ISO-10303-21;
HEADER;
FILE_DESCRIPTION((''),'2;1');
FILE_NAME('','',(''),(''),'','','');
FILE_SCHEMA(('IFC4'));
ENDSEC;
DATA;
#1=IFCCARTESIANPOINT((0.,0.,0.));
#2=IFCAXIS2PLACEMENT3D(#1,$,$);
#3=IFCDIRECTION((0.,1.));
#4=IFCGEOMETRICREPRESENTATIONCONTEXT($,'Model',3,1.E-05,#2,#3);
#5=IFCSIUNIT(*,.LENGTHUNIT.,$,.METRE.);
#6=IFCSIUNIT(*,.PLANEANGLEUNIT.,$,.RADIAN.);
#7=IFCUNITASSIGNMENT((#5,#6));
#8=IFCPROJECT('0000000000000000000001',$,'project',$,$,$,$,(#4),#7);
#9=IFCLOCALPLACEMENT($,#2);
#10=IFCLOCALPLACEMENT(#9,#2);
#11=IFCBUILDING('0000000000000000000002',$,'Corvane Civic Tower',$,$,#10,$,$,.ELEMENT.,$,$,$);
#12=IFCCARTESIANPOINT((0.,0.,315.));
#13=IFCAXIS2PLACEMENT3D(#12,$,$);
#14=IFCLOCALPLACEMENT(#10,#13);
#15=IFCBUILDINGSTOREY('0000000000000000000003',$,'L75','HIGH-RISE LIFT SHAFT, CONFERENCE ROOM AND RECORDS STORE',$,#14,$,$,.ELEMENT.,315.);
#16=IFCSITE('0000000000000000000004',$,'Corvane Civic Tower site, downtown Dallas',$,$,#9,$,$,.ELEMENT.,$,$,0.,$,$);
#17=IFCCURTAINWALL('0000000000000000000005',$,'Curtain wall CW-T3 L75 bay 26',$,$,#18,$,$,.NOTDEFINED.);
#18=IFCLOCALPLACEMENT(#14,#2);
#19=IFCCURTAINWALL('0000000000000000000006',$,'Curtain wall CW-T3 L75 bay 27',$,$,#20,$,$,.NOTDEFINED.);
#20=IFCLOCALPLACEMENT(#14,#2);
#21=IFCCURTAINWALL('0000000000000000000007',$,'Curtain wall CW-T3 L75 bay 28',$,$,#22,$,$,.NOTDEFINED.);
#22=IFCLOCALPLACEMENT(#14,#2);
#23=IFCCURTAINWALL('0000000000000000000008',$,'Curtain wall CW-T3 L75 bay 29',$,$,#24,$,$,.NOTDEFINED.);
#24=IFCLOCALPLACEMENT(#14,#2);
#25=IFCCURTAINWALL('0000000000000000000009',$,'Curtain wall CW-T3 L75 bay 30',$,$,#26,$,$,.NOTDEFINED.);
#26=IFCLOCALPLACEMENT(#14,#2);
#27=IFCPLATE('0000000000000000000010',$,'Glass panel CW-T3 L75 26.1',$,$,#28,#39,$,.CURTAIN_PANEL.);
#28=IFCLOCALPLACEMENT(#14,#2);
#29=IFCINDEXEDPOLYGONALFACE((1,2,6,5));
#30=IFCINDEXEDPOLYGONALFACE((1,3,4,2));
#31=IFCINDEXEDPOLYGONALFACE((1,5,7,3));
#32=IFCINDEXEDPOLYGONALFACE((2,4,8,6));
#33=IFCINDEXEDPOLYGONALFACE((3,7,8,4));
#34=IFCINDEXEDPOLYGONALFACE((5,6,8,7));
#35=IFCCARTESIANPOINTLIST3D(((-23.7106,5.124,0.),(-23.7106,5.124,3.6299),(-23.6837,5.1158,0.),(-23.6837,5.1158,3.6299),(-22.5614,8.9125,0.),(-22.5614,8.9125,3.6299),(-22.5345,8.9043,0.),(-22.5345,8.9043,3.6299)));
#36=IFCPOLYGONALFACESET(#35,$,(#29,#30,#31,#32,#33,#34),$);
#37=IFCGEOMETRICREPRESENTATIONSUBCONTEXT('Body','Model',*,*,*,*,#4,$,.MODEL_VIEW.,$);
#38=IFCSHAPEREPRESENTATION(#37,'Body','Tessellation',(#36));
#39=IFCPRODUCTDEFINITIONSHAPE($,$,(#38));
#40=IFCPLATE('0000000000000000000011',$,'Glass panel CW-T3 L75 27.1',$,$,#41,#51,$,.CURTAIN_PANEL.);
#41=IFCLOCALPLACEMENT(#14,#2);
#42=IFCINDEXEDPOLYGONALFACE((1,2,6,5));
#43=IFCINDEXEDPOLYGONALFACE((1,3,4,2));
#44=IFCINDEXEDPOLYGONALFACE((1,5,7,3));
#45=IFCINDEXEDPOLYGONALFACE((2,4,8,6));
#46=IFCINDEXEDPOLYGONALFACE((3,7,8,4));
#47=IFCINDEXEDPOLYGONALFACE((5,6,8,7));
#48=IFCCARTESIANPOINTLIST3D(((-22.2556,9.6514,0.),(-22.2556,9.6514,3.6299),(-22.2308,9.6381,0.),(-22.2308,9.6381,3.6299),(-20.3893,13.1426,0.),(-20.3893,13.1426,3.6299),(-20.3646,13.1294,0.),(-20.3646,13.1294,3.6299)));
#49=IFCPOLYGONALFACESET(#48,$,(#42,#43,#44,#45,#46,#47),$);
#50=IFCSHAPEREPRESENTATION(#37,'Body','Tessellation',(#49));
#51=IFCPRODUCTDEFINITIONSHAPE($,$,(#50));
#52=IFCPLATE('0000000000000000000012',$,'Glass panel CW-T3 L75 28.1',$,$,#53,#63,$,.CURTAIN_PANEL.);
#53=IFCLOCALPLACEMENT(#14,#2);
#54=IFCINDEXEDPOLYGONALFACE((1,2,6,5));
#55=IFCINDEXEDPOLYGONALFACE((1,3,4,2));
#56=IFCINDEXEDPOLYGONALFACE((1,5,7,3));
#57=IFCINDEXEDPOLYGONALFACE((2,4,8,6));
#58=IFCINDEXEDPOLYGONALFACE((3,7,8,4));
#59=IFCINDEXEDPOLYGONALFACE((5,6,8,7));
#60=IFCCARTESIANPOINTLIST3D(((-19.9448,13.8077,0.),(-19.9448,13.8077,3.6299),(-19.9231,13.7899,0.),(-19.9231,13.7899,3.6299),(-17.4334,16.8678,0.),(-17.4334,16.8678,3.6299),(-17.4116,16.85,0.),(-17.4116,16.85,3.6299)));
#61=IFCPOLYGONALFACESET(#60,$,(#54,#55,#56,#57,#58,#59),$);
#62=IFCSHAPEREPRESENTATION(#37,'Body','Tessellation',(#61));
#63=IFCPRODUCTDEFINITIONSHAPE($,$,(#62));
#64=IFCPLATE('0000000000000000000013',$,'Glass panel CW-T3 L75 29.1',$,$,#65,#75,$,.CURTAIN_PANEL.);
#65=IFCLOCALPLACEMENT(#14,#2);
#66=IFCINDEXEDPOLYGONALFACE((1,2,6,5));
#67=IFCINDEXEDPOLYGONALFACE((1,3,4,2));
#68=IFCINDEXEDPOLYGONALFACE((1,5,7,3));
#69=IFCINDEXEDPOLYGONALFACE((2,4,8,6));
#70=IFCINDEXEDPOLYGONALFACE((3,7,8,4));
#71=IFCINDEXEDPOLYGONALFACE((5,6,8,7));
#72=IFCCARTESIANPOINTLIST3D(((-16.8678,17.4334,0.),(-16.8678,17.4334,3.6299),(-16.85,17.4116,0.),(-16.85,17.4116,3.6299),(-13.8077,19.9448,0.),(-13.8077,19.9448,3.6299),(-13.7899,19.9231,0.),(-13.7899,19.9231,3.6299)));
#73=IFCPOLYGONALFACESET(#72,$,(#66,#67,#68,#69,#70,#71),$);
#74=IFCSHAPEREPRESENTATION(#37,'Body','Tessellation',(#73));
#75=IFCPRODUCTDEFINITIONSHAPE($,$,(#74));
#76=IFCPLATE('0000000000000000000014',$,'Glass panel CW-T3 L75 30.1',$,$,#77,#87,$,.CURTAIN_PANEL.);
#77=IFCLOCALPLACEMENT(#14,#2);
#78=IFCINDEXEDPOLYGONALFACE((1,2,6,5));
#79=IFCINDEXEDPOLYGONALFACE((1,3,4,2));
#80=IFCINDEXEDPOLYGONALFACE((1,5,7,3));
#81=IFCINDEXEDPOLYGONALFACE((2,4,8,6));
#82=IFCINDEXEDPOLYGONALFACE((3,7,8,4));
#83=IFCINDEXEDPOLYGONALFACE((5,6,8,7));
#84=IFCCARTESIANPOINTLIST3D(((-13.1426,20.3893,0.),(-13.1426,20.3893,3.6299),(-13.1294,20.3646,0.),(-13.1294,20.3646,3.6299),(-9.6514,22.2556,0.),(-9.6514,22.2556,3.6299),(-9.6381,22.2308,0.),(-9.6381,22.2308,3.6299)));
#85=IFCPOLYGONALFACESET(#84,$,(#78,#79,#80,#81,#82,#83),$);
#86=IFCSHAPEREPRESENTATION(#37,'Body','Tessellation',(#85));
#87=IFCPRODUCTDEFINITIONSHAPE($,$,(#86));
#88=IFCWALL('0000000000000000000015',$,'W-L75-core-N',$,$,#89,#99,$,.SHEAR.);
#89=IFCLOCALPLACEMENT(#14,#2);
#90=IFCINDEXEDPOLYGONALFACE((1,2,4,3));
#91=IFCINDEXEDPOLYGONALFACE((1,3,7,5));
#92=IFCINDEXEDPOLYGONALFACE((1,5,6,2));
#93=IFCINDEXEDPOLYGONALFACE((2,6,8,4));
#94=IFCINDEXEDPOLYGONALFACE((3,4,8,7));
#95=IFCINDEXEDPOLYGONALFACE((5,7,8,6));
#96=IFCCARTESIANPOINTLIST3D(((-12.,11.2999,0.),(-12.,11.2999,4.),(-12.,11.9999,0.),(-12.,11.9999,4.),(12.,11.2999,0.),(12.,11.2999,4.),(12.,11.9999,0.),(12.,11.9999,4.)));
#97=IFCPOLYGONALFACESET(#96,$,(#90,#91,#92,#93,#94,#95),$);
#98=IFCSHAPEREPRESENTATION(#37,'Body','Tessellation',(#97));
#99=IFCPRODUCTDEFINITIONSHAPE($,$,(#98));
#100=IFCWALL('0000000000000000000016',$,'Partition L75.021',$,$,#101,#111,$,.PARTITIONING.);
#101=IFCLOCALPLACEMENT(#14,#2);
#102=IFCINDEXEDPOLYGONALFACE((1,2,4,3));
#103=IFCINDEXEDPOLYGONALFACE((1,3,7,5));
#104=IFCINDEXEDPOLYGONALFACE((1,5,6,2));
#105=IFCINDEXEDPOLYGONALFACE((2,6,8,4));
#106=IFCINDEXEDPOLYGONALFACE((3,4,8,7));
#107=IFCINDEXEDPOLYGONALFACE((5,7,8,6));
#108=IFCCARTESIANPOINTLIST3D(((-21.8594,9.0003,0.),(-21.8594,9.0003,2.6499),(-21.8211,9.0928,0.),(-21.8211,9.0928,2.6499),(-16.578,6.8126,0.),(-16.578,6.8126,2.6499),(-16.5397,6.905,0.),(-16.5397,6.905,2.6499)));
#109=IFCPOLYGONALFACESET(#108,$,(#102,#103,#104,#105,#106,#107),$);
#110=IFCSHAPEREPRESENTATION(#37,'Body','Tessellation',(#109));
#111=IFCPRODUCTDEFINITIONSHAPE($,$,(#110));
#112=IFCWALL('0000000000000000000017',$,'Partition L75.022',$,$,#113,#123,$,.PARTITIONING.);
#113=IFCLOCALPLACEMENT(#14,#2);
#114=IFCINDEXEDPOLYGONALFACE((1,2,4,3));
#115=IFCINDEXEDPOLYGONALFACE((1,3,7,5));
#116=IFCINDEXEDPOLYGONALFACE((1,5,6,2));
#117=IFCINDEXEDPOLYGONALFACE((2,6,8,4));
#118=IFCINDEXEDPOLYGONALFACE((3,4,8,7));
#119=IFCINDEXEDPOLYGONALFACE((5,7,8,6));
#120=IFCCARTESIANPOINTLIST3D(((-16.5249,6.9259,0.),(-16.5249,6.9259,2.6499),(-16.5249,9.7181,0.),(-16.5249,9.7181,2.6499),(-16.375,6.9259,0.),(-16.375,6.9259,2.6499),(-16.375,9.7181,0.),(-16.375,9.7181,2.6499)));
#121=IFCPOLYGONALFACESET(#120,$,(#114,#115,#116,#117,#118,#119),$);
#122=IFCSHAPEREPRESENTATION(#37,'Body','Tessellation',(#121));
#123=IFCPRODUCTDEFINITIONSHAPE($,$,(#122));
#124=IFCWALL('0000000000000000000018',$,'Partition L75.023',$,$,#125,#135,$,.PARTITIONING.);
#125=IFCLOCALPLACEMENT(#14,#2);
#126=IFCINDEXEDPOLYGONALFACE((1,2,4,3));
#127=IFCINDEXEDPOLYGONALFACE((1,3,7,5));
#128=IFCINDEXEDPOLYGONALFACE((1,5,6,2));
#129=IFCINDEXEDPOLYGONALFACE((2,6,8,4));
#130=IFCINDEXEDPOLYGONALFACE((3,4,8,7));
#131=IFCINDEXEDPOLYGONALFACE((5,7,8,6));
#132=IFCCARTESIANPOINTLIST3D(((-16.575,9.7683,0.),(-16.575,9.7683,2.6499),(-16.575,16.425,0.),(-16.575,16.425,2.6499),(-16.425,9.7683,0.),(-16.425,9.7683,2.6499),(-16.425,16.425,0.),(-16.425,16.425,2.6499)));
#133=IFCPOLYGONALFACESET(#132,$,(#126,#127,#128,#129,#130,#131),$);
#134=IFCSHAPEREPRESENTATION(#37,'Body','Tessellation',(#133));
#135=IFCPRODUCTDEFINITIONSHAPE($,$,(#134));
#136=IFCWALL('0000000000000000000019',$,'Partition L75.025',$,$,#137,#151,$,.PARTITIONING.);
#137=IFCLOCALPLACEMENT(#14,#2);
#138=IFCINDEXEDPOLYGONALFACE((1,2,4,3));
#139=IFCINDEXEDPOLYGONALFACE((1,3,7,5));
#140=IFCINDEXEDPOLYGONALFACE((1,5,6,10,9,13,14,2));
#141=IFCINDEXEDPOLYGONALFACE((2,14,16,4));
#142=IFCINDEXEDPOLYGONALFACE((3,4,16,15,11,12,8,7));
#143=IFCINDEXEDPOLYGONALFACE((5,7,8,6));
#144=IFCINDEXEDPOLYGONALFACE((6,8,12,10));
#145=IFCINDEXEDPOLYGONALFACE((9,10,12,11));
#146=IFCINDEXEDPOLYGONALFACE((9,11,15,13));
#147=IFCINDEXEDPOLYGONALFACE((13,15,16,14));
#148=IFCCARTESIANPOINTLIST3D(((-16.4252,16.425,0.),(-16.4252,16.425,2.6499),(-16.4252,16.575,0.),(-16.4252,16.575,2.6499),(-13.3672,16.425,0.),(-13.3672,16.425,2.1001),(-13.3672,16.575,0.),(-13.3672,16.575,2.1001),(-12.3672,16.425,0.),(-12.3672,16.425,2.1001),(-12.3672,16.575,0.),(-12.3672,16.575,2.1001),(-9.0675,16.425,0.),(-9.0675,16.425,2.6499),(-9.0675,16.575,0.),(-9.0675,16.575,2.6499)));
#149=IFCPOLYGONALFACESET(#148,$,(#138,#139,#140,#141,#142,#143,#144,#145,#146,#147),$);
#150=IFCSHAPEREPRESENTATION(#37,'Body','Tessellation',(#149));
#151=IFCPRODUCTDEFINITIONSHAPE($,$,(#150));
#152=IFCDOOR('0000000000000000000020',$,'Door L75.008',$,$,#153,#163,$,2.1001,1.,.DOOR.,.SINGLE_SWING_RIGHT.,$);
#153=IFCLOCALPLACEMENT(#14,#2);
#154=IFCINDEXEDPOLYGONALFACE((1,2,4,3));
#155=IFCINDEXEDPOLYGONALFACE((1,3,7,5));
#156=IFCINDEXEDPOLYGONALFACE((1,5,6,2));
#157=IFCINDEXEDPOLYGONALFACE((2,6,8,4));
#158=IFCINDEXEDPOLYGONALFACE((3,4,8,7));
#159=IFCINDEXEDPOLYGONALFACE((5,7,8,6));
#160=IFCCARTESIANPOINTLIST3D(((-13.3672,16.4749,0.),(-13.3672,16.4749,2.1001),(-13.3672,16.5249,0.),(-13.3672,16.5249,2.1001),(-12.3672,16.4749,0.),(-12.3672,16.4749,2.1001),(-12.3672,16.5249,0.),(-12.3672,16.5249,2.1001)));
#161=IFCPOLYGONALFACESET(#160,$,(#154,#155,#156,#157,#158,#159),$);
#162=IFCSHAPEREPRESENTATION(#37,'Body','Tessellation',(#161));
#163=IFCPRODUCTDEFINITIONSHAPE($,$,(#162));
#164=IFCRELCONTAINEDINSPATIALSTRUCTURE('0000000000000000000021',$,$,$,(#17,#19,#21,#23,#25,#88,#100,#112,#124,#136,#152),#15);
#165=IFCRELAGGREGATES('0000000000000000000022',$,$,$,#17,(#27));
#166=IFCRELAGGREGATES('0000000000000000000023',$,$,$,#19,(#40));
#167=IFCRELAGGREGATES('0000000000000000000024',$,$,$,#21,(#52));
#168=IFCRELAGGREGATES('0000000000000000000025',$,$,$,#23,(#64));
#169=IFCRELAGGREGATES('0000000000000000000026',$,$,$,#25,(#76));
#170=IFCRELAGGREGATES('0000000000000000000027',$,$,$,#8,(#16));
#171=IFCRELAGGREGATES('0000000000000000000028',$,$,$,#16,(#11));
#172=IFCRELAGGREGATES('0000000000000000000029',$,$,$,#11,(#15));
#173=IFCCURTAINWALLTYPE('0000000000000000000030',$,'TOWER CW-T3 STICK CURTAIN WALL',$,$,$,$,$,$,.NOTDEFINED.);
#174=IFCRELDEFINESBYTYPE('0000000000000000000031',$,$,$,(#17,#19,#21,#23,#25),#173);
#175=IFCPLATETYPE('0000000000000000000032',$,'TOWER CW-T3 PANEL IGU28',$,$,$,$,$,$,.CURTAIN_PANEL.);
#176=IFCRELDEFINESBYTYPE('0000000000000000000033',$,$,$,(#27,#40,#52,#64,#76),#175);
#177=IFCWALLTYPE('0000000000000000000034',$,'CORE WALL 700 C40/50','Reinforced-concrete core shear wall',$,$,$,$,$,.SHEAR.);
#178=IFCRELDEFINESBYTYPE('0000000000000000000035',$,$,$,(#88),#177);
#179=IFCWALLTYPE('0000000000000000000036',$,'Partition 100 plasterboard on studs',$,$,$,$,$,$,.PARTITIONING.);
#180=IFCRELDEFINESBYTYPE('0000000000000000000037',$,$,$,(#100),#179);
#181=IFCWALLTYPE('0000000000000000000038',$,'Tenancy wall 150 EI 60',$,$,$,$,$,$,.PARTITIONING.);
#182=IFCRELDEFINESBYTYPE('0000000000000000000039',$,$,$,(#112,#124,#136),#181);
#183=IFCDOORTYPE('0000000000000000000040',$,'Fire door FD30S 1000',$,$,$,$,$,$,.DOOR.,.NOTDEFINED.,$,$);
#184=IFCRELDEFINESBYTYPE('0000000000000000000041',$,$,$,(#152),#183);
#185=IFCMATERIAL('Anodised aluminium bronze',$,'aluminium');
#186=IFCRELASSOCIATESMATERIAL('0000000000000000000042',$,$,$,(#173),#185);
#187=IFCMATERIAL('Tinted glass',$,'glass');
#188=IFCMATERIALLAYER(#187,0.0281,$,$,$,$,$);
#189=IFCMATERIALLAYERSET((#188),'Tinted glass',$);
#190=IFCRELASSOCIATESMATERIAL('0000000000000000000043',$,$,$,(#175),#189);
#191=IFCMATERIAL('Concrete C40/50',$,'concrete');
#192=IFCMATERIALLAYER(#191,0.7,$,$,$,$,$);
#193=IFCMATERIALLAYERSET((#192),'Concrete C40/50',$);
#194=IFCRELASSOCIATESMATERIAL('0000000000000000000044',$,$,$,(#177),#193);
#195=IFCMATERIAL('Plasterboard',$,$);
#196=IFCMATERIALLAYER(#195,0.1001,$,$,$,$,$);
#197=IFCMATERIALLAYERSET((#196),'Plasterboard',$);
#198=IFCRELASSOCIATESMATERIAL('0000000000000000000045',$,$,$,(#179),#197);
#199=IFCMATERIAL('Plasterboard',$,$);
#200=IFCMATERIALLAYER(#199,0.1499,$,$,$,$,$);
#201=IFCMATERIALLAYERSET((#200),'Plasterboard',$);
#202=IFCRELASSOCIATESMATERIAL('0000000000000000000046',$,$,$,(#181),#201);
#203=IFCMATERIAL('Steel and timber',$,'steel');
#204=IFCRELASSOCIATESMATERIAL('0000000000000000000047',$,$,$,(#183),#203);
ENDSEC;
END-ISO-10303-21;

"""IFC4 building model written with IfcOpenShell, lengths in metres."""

from ifc_helpers import new_model, si_unit, direction, frame, frame_2d, origin, origin_2d, place, context, subcontext, project, spatial, rectangle, extrude, material, layer, layer_set, type_object, element, fill, aggregate, save


model = new_model("IFC4")

# Units and contexts
model_context = context("Model", 3, precision=1e-05, world=origin(), true_north=direction((0.0, 1.0)))
body_context = subcontext(model_context, "Body", "Model", "MODEL_VIEW")
ifc_project = project(units=[si_unit("LENGTHUNIT", "METRE"), si_unit("PLANEANGLEUNIT", "RADIAN")], contexts=[model_context])

# Site, building, storey
site_placement = place(None, origin())
site = spatial("IfcSite", under=ifc_project, at=site_placement, Name="Corvane Civic Tower site, downtown Dallas", CompositionType="ELEMENT", RefElevation=0.0)
building_placement = place(site_placement, origin())
building = spatial("IfcBuilding", under=site, at=building_placement, Name="Corvane Civic Tower", CompositionType="ELEMENT")
storey_placement = place(building_placement, frame((0.0, 0.0, 315.0)))
storey = spatial("IfcBuildingStorey", under=building, at=storey_placement, Name="L75", Description="HIGH-RISE LIFT SHAFT, CONFERENCE ROOM AND RECORDS STORE", CompositionType="ELEMENT", Elevation=315.0)

# Curtain walls
ifc_material_1 = material(Name="Anodised aluminium bronze", Category="aluminium")
curtain_wall_type = type_object("IfcCurtainWallType", Name="TOWER CW-T3 STICK CURTAIN WALL", PredefinedType="NOTDEFINED", material=ifc_material_1)
curtain_wall_1_placement = place(storey_placement, origin())
curtain_wall_1 = element("IfcCurtainWall", 1, at=curtain_wall_1_placement, inside=storey, type_object=curtain_wall_type, Name="Curtain wall CW-T3 L75 bay 26", PredefinedType="NOTDEFINED")
curtain_wall_2_placement = place(storey_placement, origin())
curtain_wall_2 = element("IfcCurtainWall", 2, at=curtain_wall_2_placement, inside=storey, type_object=curtain_wall_type, Name="Curtain wall CW-T3 L75 bay 27", PredefinedType="NOTDEFINED")
curtain_wall_3_placement = place(storey_placement, origin())
curtain_wall_3 = element("IfcCurtainWall", 3, at=curtain_wall_3_placement, inside=storey, type_object=curtain_wall_type, Name="Curtain wall CW-T3 L75 bay 28", PredefinedType="NOTDEFINED")
curtain_wall_4_placement = place(storey_placement, origin())
curtain_wall_4 = element("IfcCurtainWall", 4, at=curtain_wall_4_placement, inside=storey, type_object=curtain_wall_type, Name="Curtain wall CW-T3 L75 bay 29", PredefinedType="NOTDEFINED")
curtain_wall_5_placement = place(storey_placement, origin())
curtain_wall_5 = element("IfcCurtainWall", 5, at=curtain_wall_5_placement, inside=storey, type_object=curtain_wall_type, Name="Curtain wall CW-T3 L75 bay 30", PredefinedType="NOTDEFINED")

# Plates
ifc_material_2 = material(Name="Tinted glass", Category="glass")
ifc_layer_1 = layer(ifc_material_2, 0.0281)
ifc_layer_set_1 = layer_set([ifc_layer_1], Name="Tinted glass")
plate_type = type_object("IfcPlateType", Name="TOWER CW-T3 PANEL IGU28", PredefinedType="CURTAIN_PANEL", material=ifc_layer_set_1)
plate_1_placement = place(storey_placement, frame((-23.1226, 7.0142, 0.0), z_axis=(0.0, 0.0, 1.0), x_axis=(0.290274, 0.956944, 0.0)))
plate_1 = element("IfcPlate", 6, at=plate_1_placement, type_object=plate_type, Name="Glass panel CW-T3 L75 26.1", PredefinedType="CURTAIN_PANEL", context=body_context, shape_type="SweptSolid", body=[
    extrude(rectangle(XDim=3.959, YDim=0.0281, at=origin_2d()), origin(), (0.0, 0.0, 1.0), 3.6299),
])
aggregate(curtain_wall_1, [plate_1])
plate_2_placement = place(storey_placement, frame((-21.3101, 11.3904, 0.0), z_axis=(0.0, 0.0, 1.0), x_axis=(0.471421, 0.881908, 0.0)))
plate_2 = element("IfcPlate", 7, at=plate_2_placement, type_object=plate_type, Name="Glass panel CW-T3 L75 27.1", PredefinedType="CURTAIN_PANEL", context=body_context, shape_type="SweptSolid", body=[
    extrude(rectangle(XDim=3.9587, YDim=0.0281, at=origin_2d()), origin(), (0.0, 0.0, 1.0), 3.6299),
])
aggregate(curtain_wall_2, [plate_2])
plate_3_placement = place(storey_placement, frame((-18.6782, 15.3289, 0.0), z_axis=(0.0, 0.0, 1.0), x_axis=(0.634405, 0.773001, 0.0)))
plate_3 = element("IfcPlate", 8, at=plate_3_placement, type_object=plate_type, Name="Glass panel CW-T3 L75 28.1", PredefinedType="CURTAIN_PANEL", context=body_context, shape_type="SweptSolid", body=[
    extrude(rectangle(XDim=3.9587, YDim=0.0281, at=origin_2d()), origin(), (0.0, 0.0, 1.0), 3.6299),
])
aggregate(curtain_wall_3, [plate_3])
plate_4_placement = place(storey_placement, frame((-15.3289, 18.6782, 0.0), z_axis=(0.0, 0.0, 1.0), x_axis=(0.773001, 0.634405, 0.0)))
plate_4 = element("IfcPlate", 9, at=plate_4_placement, type_object=plate_type, Name="Glass panel CW-T3 L75 29.1", PredefinedType="CURTAIN_PANEL", context=body_context, shape_type="SweptSolid", body=[
    extrude(rectangle(XDim=3.9587, YDim=0.0281, at=origin_2d()), origin(), (0.0, 0.0, 1.0), 3.6299),
])
aggregate(curtain_wall_4, [plate_4])
plate_5_placement = place(storey_placement, frame((-11.3904, 21.3101, 0.0), z_axis=(0.0, 0.0, 1.0), x_axis=(0.881908, 0.471421, 0.0)))
plate_5 = element("IfcPlate", 10, at=plate_5_placement, type_object=plate_type, Name="Glass panel CW-T3 L75 30.1", PredefinedType="CURTAIN_PANEL", context=body_context, shape_type="SweptSolid", body=[
    extrude(rectangle(XDim=3.9587, YDim=0.0281, at=origin_2d()), origin(), (0.0, 0.0, 1.0), 3.6299),
])
aggregate(curtain_wall_5, [plate_5])

# Walls
ifc_material_3 = material(Name="Concrete C40/50", Category="concrete")
ifc_layer_2 = layer(ifc_material_3, 0.7)
ifc_layer_set_2 = layer_set([ifc_layer_2], Name="Concrete C40/50")
wall_type_1 = type_object("IfcWallType", Name="CORE WALL 700 C40/50", Description="Reinforced-concrete core shear wall", PredefinedType="SHEAR", material=ifc_layer_set_2)
wall_1_placement = place(storey_placement, frame((-12.0, 11.6499, 0.0), z_axis=(0.0, 0.0, 1.0), x_axis=(1.0, 0.0, 0.0)))
element("IfcWall", 11, at=wall_1_placement, inside=storey, type_object=wall_type_1, Name="W-L75-core-N", PredefinedType="SHEAR", context=body_context, shape_type="SweptSolid", body=[
    extrude(rectangle(XDim=24.0, YDim=0.7, at=frame_2d((12.0, 0.0))), origin(), (0.0, 0.0, 1.0), 4.0),
])
ifc_material_4 = material(Name="Plasterboard")
ifc_layer_3 = layer(ifc_material_4, 0.1001)
ifc_layer_set_3 = layer_set([ifc_layer_3], Name="Plasterboard")
wall_type_2 = type_object("IfcWallType", Name="Partition 100 plasterboard on studs", PredefinedType="PARTITIONING", material=ifc_layer_set_3)
wall_2_placement = place(storey_placement, frame((-21.8403, 9.0466, 0.0), z_axis=(0.0, 0.0, 1.0), x_axis=(0.923868, -0.38271, 0.0)))
element("IfcWall", 12, at=wall_2_placement, inside=storey, type_object=wall_type_2, Name="Partition L75.021", PredefinedType="PARTITIONING", context=body_context, shape_type="SweptSolid", body=[
    extrude(rectangle(XDim=5.7166, YDim=0.1001, at=frame_2d((2.8584, 0.0))), origin(), (0.0, 0.0, 1.0), 2.6499),
])
ifc_material_5 = material(Name="Plasterboard")
ifc_layer_4 = layer(ifc_material_5, 0.1499)
ifc_layer_set_4 = layer_set([ifc_layer_4], Name="Plasterboard")
wall_type_3 = type_object("IfcWallType", Name="Tenancy wall 150 EI 60", PredefinedType="PARTITIONING", material=ifc_layer_set_4)
wall_3_placement = place(storey_placement, frame((-16.45, 6.926, 0.0), z_axis=(0.0, 0.0, 1.0), x_axis=(0.0, 1.0, 0.0)))
element("IfcWall", 13, at=wall_3_placement, inside=storey, type_object=wall_type_3, Name="Partition L75.022", PredefinedType="PARTITIONING", context=body_context, shape_type="SweptSolid", body=[
    extrude(rectangle(XDim=2.7922, YDim=0.1499, at=frame_2d((1.396, 0.0))), origin(), (0.0, 0.0, 1.0), 2.6499),
])
wall_4_placement = place(storey_placement, frame((-16.5, 9.7683, 0.0), z_axis=(0.0, 0.0, 1.0), x_axis=(0.0, 1.0, 0.0)))
element("IfcWall", 14, at=wall_4_placement, inside=storey, type_object=wall_type_3, Name="Partition L75.023", PredefinedType="PARTITIONING", context=body_context, shape_type="SweptSolid", body=[
    extrude(rectangle(XDim=6.6567, YDim=0.1499, at=frame_2d((3.3284, 0.0))), origin(), (0.0, 0.0, 1.0), 2.6499),
])

# Wall, opening, door
wall_5_placement = place(storey_placement, frame((-16.425, 16.5, 0.0), z_axis=(0.0, 0.0, 1.0), x_axis=(1.0, 0.0, 0.0)))
wall_5 = element("IfcWall", 15, at=wall_5_placement, inside=storey, type_object=wall_type_3, Name="Partition L75.025", PredefinedType="PARTITIONING", context=body_context, shape_type="SweptSolid", body=[
    extrude(rectangle(XDim=7.3577, YDim=0.1499, at=frame_2d((3.6787, 0.0))), origin(), (0.0, 0.0, 1.0), 2.6499),
])
opening_placement = place(wall_5_placement, frame((3.0579, 0.0, 0.0)))
opening = element("IfcOpeningElement", 16, at=opening_placement, cuts=wall_5, PredefinedType="OPENING", context=body_context, shape_type="SweptSolid", body=[
    extrude(rectangle(XDim=1.0, YDim=2.1001, at=frame_2d((0.5, 1.05))), frame((0.0, 0.085, 0.0), z_axis=(0.0, -1.0, 0.0), x_axis=(1.0, 0.0, 0.0)), (0.0, 0.0, 1.0), 0.1699),
])
ifc_material_6 = material(Name="Steel and timber", Category="steel")
door_type = type_object("IfcDoorType", Name="Fire door FD30S 1000", OperationType="NOTDEFINED", PredefinedType="DOOR", material=ifc_material_6)
door_placement = place(opening_placement, origin())
door = element("IfcDoor", 17, at=door_placement, inside=storey, type_object=door_type, Name="Door L75.008", OperationType="SINGLE_SWING_RIGHT", OverallHeight=2.1001, OverallWidth=1.0, PredefinedType="DOOR", context=body_context, shape_type="SweptSolid", body=[
    extrude(rectangle(XDim=1.0, YDim=2.1001, at=frame_2d((0.5, 1.05))), frame((0.0, 0.0249, 0.0), z_axis=(0.0, -1.0, 0.0), x_axis=(1.0, 0.0, 0.0)), (0.0, 0.0, 1.0), 0.05),
])
fill(opening, door)

save(model, "model.ifc")
